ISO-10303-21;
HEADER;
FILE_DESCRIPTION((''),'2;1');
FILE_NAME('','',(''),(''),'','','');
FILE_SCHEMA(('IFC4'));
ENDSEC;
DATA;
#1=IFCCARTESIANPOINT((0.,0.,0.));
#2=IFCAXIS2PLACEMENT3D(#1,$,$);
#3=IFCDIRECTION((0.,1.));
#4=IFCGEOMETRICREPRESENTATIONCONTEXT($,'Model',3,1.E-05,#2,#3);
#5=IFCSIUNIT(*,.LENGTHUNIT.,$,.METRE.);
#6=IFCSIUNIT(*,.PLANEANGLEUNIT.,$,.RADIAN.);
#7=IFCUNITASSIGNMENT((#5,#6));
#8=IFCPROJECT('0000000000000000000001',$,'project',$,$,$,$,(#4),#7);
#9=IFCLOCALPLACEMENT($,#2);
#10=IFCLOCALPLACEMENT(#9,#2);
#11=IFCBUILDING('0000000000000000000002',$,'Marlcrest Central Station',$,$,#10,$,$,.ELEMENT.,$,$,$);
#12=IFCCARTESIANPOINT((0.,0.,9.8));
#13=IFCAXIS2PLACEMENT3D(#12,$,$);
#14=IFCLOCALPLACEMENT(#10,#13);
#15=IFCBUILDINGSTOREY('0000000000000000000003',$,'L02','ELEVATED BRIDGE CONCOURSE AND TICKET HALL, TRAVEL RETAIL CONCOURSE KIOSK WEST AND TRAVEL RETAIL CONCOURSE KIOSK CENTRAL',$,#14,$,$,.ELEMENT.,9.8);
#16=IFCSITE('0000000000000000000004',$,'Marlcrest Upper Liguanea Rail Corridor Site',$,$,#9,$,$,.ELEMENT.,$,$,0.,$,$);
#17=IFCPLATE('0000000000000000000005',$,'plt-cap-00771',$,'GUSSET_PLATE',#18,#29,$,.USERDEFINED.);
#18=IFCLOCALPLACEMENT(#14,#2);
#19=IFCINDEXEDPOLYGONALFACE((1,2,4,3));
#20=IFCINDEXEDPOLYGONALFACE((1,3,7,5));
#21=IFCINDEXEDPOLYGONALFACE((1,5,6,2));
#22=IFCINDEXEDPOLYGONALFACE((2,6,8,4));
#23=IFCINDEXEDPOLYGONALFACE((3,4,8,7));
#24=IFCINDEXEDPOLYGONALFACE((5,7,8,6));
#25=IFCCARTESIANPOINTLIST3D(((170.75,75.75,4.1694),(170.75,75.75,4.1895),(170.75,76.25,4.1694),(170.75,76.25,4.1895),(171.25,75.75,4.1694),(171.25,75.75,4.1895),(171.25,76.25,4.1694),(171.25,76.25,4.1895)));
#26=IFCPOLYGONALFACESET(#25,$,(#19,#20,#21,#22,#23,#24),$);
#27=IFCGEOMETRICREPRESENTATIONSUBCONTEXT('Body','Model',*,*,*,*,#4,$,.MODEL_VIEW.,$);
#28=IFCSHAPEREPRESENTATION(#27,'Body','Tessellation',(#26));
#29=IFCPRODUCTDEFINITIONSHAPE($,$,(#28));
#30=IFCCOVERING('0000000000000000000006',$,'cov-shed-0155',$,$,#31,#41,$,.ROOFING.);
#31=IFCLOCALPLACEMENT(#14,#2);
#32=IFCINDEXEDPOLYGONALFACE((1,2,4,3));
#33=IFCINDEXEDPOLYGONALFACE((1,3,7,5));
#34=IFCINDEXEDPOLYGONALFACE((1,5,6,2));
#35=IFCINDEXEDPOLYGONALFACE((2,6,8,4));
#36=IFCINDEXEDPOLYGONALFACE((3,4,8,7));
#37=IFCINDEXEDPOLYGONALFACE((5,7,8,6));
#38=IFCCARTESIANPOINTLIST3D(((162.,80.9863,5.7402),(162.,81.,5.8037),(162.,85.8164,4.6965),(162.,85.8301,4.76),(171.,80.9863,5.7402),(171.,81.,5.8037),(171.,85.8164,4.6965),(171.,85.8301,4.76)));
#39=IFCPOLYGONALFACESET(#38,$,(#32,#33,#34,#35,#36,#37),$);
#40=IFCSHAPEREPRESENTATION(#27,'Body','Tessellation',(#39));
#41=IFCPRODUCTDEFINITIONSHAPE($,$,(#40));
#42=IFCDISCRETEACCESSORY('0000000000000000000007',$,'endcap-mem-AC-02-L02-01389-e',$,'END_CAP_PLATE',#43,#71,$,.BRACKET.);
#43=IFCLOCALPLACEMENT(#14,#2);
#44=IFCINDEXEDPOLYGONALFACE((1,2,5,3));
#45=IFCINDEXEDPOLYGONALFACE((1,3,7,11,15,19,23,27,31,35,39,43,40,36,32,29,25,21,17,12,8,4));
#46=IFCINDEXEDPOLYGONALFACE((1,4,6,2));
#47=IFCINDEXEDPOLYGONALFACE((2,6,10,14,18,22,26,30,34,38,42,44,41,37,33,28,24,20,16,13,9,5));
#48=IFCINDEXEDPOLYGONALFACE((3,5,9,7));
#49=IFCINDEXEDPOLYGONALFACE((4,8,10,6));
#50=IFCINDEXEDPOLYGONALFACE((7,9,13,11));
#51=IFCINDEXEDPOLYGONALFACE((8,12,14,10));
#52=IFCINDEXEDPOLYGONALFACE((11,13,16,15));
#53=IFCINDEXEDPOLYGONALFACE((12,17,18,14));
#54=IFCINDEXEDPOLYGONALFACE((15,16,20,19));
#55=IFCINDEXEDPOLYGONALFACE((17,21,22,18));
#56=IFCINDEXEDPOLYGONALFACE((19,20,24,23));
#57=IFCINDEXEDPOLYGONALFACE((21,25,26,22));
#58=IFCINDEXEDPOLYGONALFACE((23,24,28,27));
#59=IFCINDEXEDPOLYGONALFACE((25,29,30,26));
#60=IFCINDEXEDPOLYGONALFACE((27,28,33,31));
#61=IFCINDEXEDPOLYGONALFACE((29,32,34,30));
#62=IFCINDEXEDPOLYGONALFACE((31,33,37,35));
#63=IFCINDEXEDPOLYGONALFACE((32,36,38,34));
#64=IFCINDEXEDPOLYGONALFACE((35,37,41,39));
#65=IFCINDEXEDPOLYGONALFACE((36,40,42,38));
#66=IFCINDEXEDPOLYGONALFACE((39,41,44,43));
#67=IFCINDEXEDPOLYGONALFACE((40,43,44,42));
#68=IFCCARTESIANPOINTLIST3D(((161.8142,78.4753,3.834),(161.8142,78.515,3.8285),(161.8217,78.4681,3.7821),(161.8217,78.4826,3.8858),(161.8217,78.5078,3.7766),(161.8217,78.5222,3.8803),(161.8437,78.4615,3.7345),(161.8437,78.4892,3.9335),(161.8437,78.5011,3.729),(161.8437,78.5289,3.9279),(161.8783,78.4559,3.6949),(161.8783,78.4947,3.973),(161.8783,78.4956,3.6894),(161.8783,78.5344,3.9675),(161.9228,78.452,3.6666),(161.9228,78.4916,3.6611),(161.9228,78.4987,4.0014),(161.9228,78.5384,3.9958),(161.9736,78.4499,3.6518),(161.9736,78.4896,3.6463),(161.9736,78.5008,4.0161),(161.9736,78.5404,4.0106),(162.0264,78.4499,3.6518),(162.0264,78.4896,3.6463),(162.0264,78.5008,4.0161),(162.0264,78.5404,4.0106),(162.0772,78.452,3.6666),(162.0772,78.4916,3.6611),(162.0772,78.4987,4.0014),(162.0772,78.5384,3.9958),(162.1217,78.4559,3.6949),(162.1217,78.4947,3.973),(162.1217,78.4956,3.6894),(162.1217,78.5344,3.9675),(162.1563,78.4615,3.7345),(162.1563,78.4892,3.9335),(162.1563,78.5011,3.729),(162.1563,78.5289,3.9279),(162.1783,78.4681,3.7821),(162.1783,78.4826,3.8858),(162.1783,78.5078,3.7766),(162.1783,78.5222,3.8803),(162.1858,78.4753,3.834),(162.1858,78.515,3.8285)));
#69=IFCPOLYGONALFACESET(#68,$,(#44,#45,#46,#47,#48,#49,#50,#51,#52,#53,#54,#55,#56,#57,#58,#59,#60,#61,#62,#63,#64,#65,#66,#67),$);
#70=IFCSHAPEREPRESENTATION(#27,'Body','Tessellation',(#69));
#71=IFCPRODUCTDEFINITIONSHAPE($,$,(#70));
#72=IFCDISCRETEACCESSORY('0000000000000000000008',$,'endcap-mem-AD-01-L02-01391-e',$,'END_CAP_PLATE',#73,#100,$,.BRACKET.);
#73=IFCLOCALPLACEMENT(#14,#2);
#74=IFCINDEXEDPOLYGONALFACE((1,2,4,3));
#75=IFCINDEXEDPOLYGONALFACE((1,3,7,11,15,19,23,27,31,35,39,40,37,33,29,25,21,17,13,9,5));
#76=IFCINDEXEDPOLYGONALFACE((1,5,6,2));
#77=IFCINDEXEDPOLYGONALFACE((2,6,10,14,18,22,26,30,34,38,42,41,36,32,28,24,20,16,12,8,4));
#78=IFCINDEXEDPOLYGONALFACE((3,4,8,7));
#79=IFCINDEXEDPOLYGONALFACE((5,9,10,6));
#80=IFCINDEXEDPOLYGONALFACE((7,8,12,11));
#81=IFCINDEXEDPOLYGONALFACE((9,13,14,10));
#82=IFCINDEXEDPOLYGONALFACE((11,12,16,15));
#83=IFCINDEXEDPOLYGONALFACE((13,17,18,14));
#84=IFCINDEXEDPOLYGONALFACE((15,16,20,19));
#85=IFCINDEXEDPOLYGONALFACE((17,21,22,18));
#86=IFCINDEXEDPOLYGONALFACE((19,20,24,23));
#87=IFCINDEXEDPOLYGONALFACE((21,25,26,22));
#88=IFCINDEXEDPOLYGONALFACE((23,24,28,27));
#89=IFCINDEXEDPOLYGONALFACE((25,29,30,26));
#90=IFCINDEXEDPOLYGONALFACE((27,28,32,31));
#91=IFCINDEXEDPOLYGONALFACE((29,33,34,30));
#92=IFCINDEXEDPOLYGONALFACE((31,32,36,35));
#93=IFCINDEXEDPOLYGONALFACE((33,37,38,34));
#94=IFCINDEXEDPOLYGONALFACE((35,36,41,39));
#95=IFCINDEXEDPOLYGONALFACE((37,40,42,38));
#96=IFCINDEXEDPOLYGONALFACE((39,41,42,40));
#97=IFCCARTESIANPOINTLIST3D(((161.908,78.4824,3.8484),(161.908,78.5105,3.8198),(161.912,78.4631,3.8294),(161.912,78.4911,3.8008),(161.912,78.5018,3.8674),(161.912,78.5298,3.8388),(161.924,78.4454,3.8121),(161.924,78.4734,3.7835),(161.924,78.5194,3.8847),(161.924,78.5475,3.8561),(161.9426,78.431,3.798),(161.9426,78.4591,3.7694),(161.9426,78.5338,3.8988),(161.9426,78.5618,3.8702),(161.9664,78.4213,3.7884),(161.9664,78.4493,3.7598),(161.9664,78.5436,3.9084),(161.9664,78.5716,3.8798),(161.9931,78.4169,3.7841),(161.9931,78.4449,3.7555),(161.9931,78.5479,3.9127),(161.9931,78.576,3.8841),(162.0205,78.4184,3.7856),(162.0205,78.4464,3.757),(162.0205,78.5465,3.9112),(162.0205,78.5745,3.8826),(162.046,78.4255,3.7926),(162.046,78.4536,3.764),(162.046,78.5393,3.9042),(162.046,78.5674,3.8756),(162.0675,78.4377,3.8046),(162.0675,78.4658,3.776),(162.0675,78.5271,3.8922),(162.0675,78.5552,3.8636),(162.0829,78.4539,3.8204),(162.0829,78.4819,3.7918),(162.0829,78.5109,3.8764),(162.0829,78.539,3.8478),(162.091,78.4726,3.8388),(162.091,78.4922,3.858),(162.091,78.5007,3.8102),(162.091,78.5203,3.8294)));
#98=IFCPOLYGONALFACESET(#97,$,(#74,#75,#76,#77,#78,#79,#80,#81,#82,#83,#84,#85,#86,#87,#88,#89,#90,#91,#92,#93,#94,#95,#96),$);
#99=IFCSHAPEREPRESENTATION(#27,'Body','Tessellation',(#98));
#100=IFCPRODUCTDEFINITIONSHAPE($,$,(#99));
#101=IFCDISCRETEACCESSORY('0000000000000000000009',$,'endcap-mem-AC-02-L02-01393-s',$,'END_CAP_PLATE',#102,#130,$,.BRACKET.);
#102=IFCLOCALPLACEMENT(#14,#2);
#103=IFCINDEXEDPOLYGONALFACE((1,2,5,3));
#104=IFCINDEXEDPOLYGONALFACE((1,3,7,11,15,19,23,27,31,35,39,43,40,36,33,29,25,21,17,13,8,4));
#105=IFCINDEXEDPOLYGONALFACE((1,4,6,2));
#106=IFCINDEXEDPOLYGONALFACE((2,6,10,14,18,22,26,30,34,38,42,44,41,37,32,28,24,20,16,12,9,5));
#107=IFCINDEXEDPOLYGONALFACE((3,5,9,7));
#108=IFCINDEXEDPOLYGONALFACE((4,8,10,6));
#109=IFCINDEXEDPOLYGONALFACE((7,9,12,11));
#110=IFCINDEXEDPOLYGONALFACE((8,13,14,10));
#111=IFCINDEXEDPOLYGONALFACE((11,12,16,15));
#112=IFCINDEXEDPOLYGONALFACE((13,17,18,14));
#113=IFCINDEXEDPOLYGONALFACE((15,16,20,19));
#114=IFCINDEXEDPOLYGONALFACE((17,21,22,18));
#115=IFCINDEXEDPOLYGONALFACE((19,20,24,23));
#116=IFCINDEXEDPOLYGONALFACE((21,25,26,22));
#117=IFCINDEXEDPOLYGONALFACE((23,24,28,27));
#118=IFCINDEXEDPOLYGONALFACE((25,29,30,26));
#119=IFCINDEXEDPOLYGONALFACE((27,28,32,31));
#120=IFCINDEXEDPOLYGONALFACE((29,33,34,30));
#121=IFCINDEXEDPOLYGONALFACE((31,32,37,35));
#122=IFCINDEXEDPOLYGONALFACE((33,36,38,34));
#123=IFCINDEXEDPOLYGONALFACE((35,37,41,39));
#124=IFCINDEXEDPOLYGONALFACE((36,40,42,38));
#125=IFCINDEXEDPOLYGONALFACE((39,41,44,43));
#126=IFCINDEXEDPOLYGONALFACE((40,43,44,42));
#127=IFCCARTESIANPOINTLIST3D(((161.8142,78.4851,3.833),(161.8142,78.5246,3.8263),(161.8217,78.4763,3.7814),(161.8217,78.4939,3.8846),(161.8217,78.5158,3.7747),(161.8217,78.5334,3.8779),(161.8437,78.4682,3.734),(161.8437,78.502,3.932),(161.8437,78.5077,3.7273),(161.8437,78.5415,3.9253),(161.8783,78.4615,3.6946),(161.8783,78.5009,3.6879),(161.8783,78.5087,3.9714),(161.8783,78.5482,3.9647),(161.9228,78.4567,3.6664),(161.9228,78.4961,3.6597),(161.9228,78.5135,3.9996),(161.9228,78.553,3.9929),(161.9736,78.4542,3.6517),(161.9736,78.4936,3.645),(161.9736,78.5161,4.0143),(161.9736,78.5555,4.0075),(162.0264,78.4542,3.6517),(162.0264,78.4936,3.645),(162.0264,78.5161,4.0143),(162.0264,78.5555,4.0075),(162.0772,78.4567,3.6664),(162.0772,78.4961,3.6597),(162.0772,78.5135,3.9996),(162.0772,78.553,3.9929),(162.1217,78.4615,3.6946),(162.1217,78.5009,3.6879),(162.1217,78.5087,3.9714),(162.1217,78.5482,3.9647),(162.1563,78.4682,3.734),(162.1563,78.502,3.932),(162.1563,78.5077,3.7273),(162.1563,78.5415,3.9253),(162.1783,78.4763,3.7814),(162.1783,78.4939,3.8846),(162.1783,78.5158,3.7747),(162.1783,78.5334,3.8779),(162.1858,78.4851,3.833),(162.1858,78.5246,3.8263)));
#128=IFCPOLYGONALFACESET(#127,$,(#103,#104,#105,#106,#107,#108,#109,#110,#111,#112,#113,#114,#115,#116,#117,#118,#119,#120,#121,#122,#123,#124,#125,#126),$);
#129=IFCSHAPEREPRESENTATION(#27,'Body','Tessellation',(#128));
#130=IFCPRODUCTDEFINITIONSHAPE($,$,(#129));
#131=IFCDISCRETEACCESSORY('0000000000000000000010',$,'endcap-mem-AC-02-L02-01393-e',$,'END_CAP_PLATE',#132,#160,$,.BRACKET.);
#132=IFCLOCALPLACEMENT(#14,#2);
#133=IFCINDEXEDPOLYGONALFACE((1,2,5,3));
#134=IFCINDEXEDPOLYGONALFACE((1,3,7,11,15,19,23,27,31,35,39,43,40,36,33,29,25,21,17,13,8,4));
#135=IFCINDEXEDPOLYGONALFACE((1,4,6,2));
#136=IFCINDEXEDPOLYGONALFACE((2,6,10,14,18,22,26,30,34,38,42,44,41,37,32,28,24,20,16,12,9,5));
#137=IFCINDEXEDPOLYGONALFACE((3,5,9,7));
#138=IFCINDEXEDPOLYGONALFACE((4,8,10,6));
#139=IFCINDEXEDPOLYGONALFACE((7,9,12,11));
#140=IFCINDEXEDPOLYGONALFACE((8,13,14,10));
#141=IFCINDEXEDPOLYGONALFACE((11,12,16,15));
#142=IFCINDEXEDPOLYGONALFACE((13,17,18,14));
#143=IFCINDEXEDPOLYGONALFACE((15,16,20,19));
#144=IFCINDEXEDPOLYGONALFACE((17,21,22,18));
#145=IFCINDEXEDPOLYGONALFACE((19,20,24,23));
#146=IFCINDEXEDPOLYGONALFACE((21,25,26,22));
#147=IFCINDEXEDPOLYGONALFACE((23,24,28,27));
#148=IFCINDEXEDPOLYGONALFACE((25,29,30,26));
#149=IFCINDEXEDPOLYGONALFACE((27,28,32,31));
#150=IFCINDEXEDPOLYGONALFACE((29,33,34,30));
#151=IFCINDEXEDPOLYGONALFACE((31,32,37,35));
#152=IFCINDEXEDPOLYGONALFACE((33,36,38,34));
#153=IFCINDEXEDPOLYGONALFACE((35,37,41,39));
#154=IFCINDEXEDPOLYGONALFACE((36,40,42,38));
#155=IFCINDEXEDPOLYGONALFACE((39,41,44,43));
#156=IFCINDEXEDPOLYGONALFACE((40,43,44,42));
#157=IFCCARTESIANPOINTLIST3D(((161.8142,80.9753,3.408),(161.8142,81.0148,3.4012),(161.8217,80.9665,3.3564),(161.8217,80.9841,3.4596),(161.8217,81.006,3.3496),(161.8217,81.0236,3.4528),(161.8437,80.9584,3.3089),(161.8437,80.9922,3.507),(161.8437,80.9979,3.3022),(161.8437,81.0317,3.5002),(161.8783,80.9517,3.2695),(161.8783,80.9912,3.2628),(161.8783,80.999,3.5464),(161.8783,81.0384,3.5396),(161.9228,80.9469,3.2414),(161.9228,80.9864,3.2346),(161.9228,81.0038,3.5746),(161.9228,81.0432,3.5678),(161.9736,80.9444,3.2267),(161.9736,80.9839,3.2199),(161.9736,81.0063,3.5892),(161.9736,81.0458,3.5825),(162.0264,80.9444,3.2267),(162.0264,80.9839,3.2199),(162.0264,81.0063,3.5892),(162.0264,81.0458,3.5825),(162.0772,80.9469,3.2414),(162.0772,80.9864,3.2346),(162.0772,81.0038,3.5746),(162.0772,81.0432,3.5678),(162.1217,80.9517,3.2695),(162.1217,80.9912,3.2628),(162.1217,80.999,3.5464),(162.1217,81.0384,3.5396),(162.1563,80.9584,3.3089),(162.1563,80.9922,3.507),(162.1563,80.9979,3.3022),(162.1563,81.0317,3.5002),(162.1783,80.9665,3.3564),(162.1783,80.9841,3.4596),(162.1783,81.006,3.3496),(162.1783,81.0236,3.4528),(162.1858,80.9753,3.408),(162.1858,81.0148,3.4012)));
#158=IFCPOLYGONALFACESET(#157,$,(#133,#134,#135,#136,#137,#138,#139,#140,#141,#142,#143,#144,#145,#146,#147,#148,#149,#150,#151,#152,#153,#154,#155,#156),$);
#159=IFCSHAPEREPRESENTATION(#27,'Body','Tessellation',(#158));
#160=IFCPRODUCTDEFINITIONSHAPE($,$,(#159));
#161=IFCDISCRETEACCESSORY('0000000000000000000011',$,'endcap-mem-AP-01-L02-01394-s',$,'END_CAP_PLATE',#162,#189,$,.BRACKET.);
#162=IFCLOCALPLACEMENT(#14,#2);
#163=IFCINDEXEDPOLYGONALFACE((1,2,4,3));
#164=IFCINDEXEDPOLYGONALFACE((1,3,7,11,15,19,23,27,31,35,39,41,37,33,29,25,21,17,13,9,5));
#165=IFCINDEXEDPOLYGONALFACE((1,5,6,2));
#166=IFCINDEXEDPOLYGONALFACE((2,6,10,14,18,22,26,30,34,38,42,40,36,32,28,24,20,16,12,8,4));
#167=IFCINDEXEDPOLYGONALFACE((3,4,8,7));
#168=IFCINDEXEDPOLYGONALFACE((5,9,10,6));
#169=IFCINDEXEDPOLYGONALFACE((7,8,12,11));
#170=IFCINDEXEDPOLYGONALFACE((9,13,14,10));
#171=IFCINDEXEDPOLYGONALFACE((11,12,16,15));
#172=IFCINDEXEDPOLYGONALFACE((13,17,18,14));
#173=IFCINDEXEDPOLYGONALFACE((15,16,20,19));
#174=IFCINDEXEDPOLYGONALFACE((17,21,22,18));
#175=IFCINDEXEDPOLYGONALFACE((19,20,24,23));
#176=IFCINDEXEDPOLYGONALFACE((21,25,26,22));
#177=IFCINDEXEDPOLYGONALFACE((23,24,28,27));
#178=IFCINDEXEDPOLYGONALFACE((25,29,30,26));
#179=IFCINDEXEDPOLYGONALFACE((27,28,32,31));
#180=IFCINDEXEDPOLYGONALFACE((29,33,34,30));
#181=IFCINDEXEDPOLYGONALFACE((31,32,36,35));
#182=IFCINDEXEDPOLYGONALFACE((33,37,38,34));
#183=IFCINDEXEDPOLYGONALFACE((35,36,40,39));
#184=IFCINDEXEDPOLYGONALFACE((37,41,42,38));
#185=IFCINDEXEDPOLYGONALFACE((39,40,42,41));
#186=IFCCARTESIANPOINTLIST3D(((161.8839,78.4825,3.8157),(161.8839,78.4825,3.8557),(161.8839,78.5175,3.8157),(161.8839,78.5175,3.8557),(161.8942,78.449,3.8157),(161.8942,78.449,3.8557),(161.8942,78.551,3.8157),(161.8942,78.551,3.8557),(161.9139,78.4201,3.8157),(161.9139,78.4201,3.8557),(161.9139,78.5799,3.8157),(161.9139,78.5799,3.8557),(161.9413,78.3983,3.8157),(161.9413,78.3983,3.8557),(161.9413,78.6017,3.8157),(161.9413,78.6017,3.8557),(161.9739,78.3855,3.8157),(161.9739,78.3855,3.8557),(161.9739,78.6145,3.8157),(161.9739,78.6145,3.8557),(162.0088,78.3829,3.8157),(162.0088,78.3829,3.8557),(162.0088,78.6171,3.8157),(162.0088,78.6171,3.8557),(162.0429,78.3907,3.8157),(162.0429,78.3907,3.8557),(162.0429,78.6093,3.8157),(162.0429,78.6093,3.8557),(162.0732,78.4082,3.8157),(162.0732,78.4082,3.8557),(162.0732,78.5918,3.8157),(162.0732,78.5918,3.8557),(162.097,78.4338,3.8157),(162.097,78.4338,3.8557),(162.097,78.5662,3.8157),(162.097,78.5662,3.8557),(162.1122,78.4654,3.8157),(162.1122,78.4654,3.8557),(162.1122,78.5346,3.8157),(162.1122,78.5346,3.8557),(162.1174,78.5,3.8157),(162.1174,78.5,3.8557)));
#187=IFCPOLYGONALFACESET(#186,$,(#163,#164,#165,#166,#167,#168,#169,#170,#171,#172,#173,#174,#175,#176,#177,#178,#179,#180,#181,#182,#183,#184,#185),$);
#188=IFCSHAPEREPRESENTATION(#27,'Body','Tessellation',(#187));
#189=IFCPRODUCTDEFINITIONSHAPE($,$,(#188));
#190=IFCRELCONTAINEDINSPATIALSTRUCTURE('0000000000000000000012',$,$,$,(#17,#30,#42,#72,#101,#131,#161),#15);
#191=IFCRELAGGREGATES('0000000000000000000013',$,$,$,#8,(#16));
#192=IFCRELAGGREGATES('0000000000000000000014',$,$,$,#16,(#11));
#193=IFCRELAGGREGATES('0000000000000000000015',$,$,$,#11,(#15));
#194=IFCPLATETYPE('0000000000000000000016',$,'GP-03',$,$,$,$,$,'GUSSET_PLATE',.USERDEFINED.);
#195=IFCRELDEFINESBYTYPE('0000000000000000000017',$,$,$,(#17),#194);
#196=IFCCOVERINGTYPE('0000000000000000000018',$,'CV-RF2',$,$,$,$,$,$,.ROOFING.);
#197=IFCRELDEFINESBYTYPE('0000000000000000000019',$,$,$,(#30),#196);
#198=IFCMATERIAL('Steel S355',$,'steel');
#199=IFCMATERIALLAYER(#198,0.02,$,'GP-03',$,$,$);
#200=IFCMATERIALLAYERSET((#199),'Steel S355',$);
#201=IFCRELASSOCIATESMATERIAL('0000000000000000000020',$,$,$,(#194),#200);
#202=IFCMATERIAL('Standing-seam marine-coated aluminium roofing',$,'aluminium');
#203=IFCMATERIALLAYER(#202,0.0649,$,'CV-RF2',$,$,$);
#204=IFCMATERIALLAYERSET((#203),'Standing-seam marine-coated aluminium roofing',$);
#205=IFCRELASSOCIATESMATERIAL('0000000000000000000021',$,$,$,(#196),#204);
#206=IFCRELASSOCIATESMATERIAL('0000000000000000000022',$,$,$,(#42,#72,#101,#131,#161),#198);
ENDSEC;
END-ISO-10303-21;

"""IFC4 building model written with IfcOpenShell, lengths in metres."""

from ifc_helpers import new_model, si_unit, direction, frame, origin, origin_2d, place, context, subcontext, project, spatial, polyline, rectangle, circle, outline, extrude, material, layer, layer_set, type_object, element, save


model = new_model("IFC4")

# Units and contexts
model_context = context("Model", 3, precision=1e-05, world=origin(), true_north=direction((0.0, 1.0)))
body_context = subcontext(model_context, "Body", "Model", "MODEL_VIEW")
ifc_project = project(units=[si_unit("LENGTHUNIT", "METRE"), si_unit("PLANEANGLEUNIT", "RADIAN")], contexts=[model_context])

# Site, building, storey
site_placement = place(None, origin())
site = spatial("IfcSite", under=ifc_project, at=site_placement, Name="Marlcrest Upper Liguanea Rail Corridor Site", CompositionType="ELEMENT", RefElevation=0.0)
building_placement = place(site_placement, origin())
building = spatial("IfcBuilding", under=site, at=building_placement, Name="Marlcrest Central Station", CompositionType="ELEMENT")
storey_placement = place(building_placement, frame((0.0, 0.0, 9.8)))
storey = spatial("IfcBuildingStorey", under=building, at=storey_placement, Name="L02", Description="ELEVATED BRIDGE CONCOURSE AND TICKET HALL, TRAVEL RETAIL CONCOURSE KIOSK WEST AND TRAVEL RETAIL CONCOURSE KIOSK CENTRAL", CompositionType="ELEMENT", Elevation=9.8)

# Shared definitions
ifc_material_1 = material(Name="Steel S355", Category="steel")

# Plate
ifc_layer_1 = layer(ifc_material_1, 0.02, Name="GP-03")
ifc_layer_set_1 = layer_set([ifc_layer_1], Name="Steel S355")
plate_type = type_object("IfcPlateType", Name="GP-03", ElementType="GUSSET_PLATE", PredefinedType="USERDEFINED", material=ifc_layer_set_1)
for number, where, z_axis, x_axis, name in (
    (1, (171.0, 76.0, 4.1694), (0.0, 0.0, 1.0), (1.0, 0.0, 0.0), "plt-cap-00771"),
):
    element("IfcPlate", number, at=place(storey_placement, frame(where, z_axis=z_axis, x_axis=x_axis)), inside=storey, type_object=plate_type, Name=name, ObjectType="GUSSET_PLATE", PredefinedType="USERDEFINED", context=body_context, shape_type="SweptSolid", body=[
        extrude(rectangle(XDim=0.5, YDim=0.5, at=origin_2d()), origin(), (0.0, 0.0, 1.0), 0.02),
    ])

# Covering
ifc_material_2 = material(Name="Standing-seam marine-coated aluminium roofing", Category="aluminium")
ifc_layer_2 = layer(ifc_material_2, 0.0649, Name="CV-RF2")
ifc_layer_set_2 = layer_set([ifc_layer_2], Name="Standing-seam marine-coated aluminium roofing")
covering_type = type_object("IfcCoveringType", Name="CV-RF2", PredefinedType="ROOFING", material=ifc_layer_set_2)
covering_placement = place(storey_placement, frame((162.0, 81.0, 5.8037), z_axis=(0.0, 0.211209, 0.977441), x_axis=(1.0, 0.0, 0.0)))
element("IfcCovering", 2, at=covering_placement, inside=storey, type_object=covering_type, Name="cov-shed-0155", PredefinedType="ROOFING", context=body_context, shape_type="SweptSolid", body=[
    extrude(outline(polyline([(0.0, 0.0), (9.0, 0.0), (9.0, 4.9416), (0.0, 4.9416), (0.0, 0.0)])), origin(), (0.0, 0.0, -1.0), 0.0649),
])

# Discrete accessories
discrete_accessory_1_placement = place(storey_placement, frame((162.0, 78.4753, 3.834), z_axis=(0.0, 0.990403, -0.138211), x_axis=(-1.0, 0.0, 0.0)))
element("IfcDiscreteAccessory", 3, at=discrete_accessory_1_placement, inside=storey, material=ifc_material_1, Name="endcap-mem-AC-02-L02-01389-e", ObjectType="END_CAP_PLATE", PredefinedType="BRACKET", context=body_context, shape_type="SweptSolid", body=[
    extrude(circle(Radius=0.1858, at=origin_2d()), origin(), (0.0, 0.0, 1.0), 0.04),
])
discrete_accessory_2_placement = place(storey_placement, frame((162.0, 78.4824, 3.8484), z_axis=(0.0, 0.700235, -0.713912), x_axis=(-1.0, 0.0, 0.0)))
element("IfcDiscreteAccessory", 4, at=discrete_accessory_2_placement, inside=storey, material=ifc_material_1, Name="endcap-mem-AD-01-L02-01391-e", ObjectType="END_CAP_PLATE", PredefinedType="BRACKET", context=body_context, shape_type="SweptSolid", body=[
    extrude(circle(Radius=0.092, at=origin_2d()), origin(), (0.0, 0.0, 1.0), 0.04),
])
for number, where, z_axis, x_axis, name in (
    (5, (162.0, 78.4851, 3.833), (0.0, 0.985741, -0.168269), (-1.0, 0.0, 0.0), "endcap-mem-AC-02-L02-01393-s"),
    (6, (162.0, 80.9753, 3.408), (0.0, 0.985741, -0.168269), (-1.0, 0.0, 0.0), "endcap-mem-AC-02-L02-01393-e"),
):
    element("IfcDiscreteAccessory", number, at=place(storey_placement, frame(where, z_axis=z_axis, x_axis=x_axis)), inside=storey, material=ifc_material_1, Name=name, ObjectType="END_CAP_PLATE", PredefinedType="BRACKET", context=body_context, shape_type="SweptSolid", body=[
        extrude(circle(Radius=0.1858, at=origin_2d()), origin(), (0.0, 0.0, 1.0), 0.04),
    ])
for number, where, z_axis, x_axis, name in (
    (7, (162.0, 78.5, 3.8157), (0.0, 0.0, 1.0), (1.0, 0.0, 0.0), "endcap-mem-AP-01-L02-01394-s"),
):
    element("IfcDiscreteAccessory", number, at=place(storey_placement, frame(where, z_axis=z_axis, x_axis=x_axis)), inside=storey, material=ifc_material_1, Name=name, ObjectType="END_CAP_PLATE", PredefinedType="BRACKET", context=body_context, shape_type="SweptSolid", body=[
        extrude(circle(Radius=0.1174, at=origin_2d()), origin(), (0.0, 0.0, 1.0), 0.04),
    ])

save(model, "model.ifc")
